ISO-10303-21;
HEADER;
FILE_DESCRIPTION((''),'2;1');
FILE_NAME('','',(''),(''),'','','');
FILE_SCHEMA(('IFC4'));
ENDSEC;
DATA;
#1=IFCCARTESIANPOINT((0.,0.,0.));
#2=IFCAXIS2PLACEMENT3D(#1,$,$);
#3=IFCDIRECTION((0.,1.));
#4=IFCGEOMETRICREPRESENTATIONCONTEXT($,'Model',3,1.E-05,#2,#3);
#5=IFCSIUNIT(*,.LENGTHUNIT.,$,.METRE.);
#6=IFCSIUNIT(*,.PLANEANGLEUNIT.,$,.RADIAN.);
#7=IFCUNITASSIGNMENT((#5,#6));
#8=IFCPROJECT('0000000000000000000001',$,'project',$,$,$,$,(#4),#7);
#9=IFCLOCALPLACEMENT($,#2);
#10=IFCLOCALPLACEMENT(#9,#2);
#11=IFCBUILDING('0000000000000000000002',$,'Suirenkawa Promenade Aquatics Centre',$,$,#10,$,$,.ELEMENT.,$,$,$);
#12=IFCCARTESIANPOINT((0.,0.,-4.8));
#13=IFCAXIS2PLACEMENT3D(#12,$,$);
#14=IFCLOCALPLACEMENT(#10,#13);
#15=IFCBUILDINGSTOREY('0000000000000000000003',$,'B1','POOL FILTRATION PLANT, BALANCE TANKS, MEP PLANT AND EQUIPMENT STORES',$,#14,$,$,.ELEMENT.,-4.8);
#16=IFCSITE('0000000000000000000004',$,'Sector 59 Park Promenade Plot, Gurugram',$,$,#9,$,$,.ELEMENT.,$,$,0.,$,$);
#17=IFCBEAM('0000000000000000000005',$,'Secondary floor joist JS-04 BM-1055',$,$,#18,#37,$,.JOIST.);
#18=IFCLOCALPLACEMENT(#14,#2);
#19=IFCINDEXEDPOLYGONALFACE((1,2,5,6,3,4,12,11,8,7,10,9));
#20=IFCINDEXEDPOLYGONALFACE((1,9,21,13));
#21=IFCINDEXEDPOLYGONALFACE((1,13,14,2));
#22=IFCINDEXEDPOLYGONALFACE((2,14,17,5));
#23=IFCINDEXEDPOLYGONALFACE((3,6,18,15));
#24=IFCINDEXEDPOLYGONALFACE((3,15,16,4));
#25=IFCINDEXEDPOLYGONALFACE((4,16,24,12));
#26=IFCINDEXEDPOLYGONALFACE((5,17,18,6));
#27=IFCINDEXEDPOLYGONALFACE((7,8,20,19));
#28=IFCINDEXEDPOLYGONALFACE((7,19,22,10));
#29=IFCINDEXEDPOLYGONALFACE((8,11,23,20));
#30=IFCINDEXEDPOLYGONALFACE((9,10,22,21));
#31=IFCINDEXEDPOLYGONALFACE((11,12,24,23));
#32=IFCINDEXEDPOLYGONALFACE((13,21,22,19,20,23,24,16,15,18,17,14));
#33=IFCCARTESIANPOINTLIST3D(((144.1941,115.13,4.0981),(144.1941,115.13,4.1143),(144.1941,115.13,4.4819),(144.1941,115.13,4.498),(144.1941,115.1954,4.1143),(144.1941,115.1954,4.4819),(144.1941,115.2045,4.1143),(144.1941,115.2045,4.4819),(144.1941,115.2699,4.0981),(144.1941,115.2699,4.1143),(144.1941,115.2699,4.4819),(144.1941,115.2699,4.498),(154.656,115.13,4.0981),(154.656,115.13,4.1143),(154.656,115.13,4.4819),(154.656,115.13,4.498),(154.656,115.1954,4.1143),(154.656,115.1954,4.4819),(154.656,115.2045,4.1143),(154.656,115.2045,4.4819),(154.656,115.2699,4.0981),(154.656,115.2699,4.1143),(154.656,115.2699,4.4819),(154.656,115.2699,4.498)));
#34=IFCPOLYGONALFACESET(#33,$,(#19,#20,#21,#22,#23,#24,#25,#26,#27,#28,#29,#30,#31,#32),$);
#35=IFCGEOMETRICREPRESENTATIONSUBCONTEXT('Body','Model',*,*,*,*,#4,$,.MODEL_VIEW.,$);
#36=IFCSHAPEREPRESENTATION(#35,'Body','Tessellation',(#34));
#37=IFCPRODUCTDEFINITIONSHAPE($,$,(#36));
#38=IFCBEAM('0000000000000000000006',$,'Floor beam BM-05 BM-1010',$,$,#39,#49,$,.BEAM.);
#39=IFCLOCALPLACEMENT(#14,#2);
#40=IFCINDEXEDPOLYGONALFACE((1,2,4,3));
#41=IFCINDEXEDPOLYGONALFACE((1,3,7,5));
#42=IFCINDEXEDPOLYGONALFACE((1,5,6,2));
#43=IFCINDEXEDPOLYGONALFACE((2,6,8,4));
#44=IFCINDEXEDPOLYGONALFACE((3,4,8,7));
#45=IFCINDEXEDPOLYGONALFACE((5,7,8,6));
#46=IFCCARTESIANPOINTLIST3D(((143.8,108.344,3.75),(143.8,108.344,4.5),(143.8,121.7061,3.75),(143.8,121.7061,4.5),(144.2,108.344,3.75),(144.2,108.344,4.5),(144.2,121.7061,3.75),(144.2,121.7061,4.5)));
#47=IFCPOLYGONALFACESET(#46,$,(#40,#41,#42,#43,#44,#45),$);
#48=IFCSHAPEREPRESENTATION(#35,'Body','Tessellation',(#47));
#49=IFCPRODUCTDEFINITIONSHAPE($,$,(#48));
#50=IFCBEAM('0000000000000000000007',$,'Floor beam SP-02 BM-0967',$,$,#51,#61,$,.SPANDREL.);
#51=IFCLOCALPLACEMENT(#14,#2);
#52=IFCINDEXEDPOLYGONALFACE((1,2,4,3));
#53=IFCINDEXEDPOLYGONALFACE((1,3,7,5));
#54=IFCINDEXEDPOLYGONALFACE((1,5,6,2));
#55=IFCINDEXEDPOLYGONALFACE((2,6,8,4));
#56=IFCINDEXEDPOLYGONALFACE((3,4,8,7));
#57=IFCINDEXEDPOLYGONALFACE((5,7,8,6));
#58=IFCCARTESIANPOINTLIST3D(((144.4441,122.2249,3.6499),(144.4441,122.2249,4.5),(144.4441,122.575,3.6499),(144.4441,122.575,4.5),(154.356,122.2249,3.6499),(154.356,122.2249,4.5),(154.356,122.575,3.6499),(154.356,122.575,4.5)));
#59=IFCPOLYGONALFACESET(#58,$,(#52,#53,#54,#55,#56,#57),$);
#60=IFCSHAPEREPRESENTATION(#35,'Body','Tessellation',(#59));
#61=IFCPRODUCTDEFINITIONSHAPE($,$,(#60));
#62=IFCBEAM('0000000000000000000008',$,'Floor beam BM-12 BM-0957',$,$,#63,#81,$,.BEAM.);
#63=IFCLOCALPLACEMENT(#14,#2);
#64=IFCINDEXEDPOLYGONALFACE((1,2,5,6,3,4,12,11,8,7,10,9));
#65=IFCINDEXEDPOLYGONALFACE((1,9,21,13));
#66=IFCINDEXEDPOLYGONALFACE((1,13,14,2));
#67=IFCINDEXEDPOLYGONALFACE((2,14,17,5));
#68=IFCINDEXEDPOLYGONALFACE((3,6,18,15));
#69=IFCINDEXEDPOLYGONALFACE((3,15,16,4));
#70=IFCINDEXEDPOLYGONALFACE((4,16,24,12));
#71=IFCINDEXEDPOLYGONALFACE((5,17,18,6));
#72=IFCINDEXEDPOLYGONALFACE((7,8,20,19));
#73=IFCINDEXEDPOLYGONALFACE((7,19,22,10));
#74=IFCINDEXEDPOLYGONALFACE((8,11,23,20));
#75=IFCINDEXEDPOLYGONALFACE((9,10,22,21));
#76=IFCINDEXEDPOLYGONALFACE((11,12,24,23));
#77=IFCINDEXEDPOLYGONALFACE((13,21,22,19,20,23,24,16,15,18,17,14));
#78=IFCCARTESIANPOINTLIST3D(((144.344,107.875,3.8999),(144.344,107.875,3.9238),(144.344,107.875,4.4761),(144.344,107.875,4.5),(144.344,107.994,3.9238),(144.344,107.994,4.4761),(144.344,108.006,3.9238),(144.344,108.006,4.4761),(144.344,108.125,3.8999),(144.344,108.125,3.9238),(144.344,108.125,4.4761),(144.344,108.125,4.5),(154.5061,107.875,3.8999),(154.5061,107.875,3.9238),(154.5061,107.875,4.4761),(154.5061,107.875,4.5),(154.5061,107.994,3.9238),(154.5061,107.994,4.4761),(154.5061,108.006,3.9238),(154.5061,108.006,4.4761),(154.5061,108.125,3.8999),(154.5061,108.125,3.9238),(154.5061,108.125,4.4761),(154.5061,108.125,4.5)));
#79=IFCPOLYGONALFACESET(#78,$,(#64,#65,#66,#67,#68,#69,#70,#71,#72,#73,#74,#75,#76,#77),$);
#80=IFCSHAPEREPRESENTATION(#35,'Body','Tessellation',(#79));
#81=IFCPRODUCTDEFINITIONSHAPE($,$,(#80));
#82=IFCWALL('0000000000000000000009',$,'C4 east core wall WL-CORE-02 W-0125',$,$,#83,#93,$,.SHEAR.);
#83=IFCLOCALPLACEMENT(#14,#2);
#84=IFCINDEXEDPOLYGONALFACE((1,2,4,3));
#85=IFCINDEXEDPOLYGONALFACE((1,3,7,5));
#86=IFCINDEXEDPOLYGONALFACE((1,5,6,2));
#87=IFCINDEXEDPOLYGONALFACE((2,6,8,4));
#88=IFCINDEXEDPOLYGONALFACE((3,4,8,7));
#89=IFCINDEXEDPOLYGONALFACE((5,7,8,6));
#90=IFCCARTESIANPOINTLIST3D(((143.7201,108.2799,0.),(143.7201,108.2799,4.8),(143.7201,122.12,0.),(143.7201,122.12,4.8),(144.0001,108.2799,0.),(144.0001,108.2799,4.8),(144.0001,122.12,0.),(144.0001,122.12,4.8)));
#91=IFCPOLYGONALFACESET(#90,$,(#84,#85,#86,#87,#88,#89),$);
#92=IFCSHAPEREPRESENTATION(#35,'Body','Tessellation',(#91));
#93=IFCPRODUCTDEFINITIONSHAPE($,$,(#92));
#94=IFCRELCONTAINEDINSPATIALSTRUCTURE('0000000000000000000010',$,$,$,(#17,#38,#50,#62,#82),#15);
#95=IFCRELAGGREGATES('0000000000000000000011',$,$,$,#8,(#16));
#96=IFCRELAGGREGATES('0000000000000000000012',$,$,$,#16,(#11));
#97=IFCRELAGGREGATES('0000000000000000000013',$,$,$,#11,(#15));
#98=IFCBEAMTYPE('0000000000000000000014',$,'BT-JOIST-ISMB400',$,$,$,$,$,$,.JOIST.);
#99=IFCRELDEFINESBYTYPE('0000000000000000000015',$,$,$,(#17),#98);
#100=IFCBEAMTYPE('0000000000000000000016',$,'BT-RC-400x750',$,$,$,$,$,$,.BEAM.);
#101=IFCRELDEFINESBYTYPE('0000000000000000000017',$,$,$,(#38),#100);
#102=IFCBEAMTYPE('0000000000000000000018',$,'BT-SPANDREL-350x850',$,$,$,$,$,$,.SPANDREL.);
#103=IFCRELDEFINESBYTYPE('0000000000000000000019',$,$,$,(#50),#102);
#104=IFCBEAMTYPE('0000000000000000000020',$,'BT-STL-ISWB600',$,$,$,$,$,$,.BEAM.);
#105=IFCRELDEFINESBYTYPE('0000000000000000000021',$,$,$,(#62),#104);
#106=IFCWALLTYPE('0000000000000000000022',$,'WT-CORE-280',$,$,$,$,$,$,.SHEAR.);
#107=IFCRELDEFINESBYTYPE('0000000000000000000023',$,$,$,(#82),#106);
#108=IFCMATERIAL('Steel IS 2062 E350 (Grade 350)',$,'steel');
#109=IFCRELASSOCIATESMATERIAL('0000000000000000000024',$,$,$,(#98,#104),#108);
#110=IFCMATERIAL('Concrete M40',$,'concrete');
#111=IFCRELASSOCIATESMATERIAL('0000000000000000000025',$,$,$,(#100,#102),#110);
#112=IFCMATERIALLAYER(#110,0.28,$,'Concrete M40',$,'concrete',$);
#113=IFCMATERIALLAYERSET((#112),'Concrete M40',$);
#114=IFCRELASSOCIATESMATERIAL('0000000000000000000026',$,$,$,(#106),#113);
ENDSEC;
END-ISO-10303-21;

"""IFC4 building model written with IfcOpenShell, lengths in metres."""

from ifc_helpers import new_model, si_unit, direction, frame, frame_2d, origin, origin_2d, place, context, subcontext, project, spatial, rectangle, i_section, extrude, material, layer, layer_set, material_profile, profile_set, type_object, element, save


model = new_model("IFC4")

# Units and contexts
model_context = context("Model", 3, precision=1e-05, world=origin(), true_north=direction((0.0, 1.0)))
body_context = subcontext(model_context, "Body", "Model", "MODEL_VIEW")
ifc_project = project(units=[si_unit("LENGTHUNIT", "METRE"), si_unit("PLANEANGLEUNIT", "RADIAN")], contexts=[model_context])

# Site, building, storey
site_placement = place(None, origin())
site = spatial("IfcSite", under=ifc_project, at=site_placement, Name="Sector 59 Park Promenade Plot, Gurugram", CompositionType="ELEMENT", RefElevation=0.0)
building_placement = place(site_placement, origin())
building = spatial("IfcBuilding", under=site, at=building_placement, Name="Suirenkawa Promenade Aquatics Centre", CompositionType="ELEMENT")
storey_placement = place(building_placement, frame((0.0, 0.0, -4.8)))
storey = spatial("IfcBuildingStorey", under=building, at=storey_placement, Name="B1", Description="POOL FILTRATION PLANT, BALANCE TANKS, MEP PLANT AND EQUIPMENT STORES", CompositionType="ELEMENT", Elevation=-4.8)

# Shared definitions
ifc_material_1 = material(Name="Concrete M40", Category="concrete")

# Beams
ifc_material_2 = material(Name="Steel IS 2062 E350 (Grade 350)", Category="steel")
ifc_material_profile_1 = material_profile(ifc_material_2, i_section(OverallWidth=0.1399, OverallDepth=0.3999, WebThickness=0.009, FlangeThickness=0.0161, at=origin_2d()), Name="ISMB 400", Category="steel")
ifc_profile_set_1 = profile_set([ifc_material_profile_1], Name="Steel IS 2062 E350 (Grade 350)")
beam_type_1 = type_object("IfcBeamType", Name="BT-JOIST-ISMB400", PredefinedType="JOIST", material=ifc_profile_set_1)
for number, where, z_axis, x_axis, name in (
    (1, (144.1941, 115.2, 4.2981), (1.0, 0.0, 0.0), (0.0, 1.0, 0.0), "Secondary floor joist JS-04 BM-1055"),
):
    element("IfcBeam", number, at=place(storey_placement, frame(where, z_axis=z_axis, x_axis=x_axis)), inside=storey, type_object=beam_type_1, Name=name, PredefinedType="JOIST", context=body_context, shape_type="SweptSolid", body=[
        extrude(i_section(OverallWidth=0.1399, OverallDepth=0.3999, WebThickness=0.009, FlangeThickness=0.0161, at=origin_2d()), origin(), (0.0, 0.0, 1.0), 10.4619),
    ])
ifc_material_profile_2 = material_profile(ifc_material_1, rectangle(XDim=0.3999, YDim=0.75, at=origin_2d()), Name="RC BM 400x750", Category="concrete")
ifc_profile_set_2 = profile_set([ifc_material_profile_2], Name="Concrete M40")
beam_type_2 = type_object("IfcBeamType", Name="BT-RC-400x750", PredefinedType="BEAM", material=ifc_profile_set_2)
beam_1_placement = place(storey_placement, frame((144.0, 108.344, 4.125), z_axis=(0.0, 1.0, 0.0), x_axis=(-1.0, 0.0, 0.0)))
element("IfcBeam", 2, at=beam_1_placement, inside=storey, type_object=beam_type_2, Name="Floor beam BM-05 BM-1010", PredefinedType="BEAM", context=body_context, shape_type="SweptSolid", body=[
    extrude(rectangle(XDim=0.3999, YDim=0.75, at=origin_2d()), origin(), (0.0, 0.0, 1.0), 13.3621),
])
ifc_material_profile_3 = material_profile(ifc_material_1, rectangle(XDim=0.3501, YDim=0.8501, at=origin_2d()), Name="RC SPANDREL 350x850", Category="concrete")
ifc_profile_set_3 = profile_set([ifc_material_profile_3], Name="Concrete M40")
beam_type_3 = type_object("IfcBeamType", Name="BT-SPANDREL-350x850", PredefinedType="SPANDREL", material=ifc_profile_set_3)
beam_2_placement = place(storey_placement, frame((144.4441, 122.3999, 4.075), z_axis=(1.0, 0.0, 0.0), x_axis=(0.0, 1.0, 0.0)))
element("IfcBeam", 3, at=beam_2_placement, inside=storey, type_object=beam_type_3, Name="Floor beam SP-02 BM-0967", PredefinedType="SPANDREL", context=body_context, shape_type="SweptSolid", body=[
    extrude(rectangle(XDim=0.3501, YDim=0.8501, at=origin_2d()), origin(), (0.0, 0.0, 1.0), 9.9119),
])
ifc_material_profile_4 = material_profile(ifc_material_2, i_section(OverallWidth=0.25, OverallDepth=0.6001, WebThickness=0.012, FlangeThickness=0.0239, at=origin_2d()), Name="ISWB 600", Category="steel")
ifc_profile_set_4 = profile_set([ifc_material_profile_4], Name="Steel IS 2062 E350 (Grade 350)")
beam_type_4 = type_object("IfcBeamType", Name="BT-STL-ISWB600", PredefinedType="BEAM", material=ifc_profile_set_4)
beam_3_placement = place(storey_placement, frame((144.344, 108.0, 4.2), z_axis=(1.0, 0.0, 0.0), x_axis=(0.0, 1.0, 0.0)))
element("IfcBeam", 4, at=beam_3_placement, inside=storey, type_object=beam_type_4, Name="Floor beam BM-12 BM-0957", PredefinedType="BEAM", context=body_context, shape_type="SweptSolid", body=[
    extrude(i_section(OverallWidth=0.25, OverallDepth=0.6001, WebThickness=0.012, FlangeThickness=0.0239, at=origin_2d()), origin(), (0.0, 0.0, 1.0), 10.1621),
])

# Wall
ifc_layer = layer(ifc_material_1, 0.28, Name="Concrete M40", Category="concrete")
ifc_layer_set = layer_set([ifc_layer], Name="Concrete M40")
wall_type = type_object("IfcWallType", Name="WT-CORE-280", PredefinedType="SHEAR", material=ifc_layer_set)
wall_placement = place(storey_placement, frame((143.8601, 108.28, 0.0), z_axis=(0.0, 0.0, 1.0), x_axis=(0.0, 1.0, 0.0)))
element("IfcWall", 5, at=wall_placement, inside=storey, type_object=wall_type, Name="C4 east core wall WL-CORE-02 W-0125", PredefinedType="SHEAR", context=body_context, shape_type="SweptSolid", body=[
    extrude(rectangle(XDim=13.8401, YDim=0.28, at=frame_2d((6.9199, 0.0))), origin(), (0.0, 0.0, 1.0), 4.8),
])

save(model, "model.ifc")
